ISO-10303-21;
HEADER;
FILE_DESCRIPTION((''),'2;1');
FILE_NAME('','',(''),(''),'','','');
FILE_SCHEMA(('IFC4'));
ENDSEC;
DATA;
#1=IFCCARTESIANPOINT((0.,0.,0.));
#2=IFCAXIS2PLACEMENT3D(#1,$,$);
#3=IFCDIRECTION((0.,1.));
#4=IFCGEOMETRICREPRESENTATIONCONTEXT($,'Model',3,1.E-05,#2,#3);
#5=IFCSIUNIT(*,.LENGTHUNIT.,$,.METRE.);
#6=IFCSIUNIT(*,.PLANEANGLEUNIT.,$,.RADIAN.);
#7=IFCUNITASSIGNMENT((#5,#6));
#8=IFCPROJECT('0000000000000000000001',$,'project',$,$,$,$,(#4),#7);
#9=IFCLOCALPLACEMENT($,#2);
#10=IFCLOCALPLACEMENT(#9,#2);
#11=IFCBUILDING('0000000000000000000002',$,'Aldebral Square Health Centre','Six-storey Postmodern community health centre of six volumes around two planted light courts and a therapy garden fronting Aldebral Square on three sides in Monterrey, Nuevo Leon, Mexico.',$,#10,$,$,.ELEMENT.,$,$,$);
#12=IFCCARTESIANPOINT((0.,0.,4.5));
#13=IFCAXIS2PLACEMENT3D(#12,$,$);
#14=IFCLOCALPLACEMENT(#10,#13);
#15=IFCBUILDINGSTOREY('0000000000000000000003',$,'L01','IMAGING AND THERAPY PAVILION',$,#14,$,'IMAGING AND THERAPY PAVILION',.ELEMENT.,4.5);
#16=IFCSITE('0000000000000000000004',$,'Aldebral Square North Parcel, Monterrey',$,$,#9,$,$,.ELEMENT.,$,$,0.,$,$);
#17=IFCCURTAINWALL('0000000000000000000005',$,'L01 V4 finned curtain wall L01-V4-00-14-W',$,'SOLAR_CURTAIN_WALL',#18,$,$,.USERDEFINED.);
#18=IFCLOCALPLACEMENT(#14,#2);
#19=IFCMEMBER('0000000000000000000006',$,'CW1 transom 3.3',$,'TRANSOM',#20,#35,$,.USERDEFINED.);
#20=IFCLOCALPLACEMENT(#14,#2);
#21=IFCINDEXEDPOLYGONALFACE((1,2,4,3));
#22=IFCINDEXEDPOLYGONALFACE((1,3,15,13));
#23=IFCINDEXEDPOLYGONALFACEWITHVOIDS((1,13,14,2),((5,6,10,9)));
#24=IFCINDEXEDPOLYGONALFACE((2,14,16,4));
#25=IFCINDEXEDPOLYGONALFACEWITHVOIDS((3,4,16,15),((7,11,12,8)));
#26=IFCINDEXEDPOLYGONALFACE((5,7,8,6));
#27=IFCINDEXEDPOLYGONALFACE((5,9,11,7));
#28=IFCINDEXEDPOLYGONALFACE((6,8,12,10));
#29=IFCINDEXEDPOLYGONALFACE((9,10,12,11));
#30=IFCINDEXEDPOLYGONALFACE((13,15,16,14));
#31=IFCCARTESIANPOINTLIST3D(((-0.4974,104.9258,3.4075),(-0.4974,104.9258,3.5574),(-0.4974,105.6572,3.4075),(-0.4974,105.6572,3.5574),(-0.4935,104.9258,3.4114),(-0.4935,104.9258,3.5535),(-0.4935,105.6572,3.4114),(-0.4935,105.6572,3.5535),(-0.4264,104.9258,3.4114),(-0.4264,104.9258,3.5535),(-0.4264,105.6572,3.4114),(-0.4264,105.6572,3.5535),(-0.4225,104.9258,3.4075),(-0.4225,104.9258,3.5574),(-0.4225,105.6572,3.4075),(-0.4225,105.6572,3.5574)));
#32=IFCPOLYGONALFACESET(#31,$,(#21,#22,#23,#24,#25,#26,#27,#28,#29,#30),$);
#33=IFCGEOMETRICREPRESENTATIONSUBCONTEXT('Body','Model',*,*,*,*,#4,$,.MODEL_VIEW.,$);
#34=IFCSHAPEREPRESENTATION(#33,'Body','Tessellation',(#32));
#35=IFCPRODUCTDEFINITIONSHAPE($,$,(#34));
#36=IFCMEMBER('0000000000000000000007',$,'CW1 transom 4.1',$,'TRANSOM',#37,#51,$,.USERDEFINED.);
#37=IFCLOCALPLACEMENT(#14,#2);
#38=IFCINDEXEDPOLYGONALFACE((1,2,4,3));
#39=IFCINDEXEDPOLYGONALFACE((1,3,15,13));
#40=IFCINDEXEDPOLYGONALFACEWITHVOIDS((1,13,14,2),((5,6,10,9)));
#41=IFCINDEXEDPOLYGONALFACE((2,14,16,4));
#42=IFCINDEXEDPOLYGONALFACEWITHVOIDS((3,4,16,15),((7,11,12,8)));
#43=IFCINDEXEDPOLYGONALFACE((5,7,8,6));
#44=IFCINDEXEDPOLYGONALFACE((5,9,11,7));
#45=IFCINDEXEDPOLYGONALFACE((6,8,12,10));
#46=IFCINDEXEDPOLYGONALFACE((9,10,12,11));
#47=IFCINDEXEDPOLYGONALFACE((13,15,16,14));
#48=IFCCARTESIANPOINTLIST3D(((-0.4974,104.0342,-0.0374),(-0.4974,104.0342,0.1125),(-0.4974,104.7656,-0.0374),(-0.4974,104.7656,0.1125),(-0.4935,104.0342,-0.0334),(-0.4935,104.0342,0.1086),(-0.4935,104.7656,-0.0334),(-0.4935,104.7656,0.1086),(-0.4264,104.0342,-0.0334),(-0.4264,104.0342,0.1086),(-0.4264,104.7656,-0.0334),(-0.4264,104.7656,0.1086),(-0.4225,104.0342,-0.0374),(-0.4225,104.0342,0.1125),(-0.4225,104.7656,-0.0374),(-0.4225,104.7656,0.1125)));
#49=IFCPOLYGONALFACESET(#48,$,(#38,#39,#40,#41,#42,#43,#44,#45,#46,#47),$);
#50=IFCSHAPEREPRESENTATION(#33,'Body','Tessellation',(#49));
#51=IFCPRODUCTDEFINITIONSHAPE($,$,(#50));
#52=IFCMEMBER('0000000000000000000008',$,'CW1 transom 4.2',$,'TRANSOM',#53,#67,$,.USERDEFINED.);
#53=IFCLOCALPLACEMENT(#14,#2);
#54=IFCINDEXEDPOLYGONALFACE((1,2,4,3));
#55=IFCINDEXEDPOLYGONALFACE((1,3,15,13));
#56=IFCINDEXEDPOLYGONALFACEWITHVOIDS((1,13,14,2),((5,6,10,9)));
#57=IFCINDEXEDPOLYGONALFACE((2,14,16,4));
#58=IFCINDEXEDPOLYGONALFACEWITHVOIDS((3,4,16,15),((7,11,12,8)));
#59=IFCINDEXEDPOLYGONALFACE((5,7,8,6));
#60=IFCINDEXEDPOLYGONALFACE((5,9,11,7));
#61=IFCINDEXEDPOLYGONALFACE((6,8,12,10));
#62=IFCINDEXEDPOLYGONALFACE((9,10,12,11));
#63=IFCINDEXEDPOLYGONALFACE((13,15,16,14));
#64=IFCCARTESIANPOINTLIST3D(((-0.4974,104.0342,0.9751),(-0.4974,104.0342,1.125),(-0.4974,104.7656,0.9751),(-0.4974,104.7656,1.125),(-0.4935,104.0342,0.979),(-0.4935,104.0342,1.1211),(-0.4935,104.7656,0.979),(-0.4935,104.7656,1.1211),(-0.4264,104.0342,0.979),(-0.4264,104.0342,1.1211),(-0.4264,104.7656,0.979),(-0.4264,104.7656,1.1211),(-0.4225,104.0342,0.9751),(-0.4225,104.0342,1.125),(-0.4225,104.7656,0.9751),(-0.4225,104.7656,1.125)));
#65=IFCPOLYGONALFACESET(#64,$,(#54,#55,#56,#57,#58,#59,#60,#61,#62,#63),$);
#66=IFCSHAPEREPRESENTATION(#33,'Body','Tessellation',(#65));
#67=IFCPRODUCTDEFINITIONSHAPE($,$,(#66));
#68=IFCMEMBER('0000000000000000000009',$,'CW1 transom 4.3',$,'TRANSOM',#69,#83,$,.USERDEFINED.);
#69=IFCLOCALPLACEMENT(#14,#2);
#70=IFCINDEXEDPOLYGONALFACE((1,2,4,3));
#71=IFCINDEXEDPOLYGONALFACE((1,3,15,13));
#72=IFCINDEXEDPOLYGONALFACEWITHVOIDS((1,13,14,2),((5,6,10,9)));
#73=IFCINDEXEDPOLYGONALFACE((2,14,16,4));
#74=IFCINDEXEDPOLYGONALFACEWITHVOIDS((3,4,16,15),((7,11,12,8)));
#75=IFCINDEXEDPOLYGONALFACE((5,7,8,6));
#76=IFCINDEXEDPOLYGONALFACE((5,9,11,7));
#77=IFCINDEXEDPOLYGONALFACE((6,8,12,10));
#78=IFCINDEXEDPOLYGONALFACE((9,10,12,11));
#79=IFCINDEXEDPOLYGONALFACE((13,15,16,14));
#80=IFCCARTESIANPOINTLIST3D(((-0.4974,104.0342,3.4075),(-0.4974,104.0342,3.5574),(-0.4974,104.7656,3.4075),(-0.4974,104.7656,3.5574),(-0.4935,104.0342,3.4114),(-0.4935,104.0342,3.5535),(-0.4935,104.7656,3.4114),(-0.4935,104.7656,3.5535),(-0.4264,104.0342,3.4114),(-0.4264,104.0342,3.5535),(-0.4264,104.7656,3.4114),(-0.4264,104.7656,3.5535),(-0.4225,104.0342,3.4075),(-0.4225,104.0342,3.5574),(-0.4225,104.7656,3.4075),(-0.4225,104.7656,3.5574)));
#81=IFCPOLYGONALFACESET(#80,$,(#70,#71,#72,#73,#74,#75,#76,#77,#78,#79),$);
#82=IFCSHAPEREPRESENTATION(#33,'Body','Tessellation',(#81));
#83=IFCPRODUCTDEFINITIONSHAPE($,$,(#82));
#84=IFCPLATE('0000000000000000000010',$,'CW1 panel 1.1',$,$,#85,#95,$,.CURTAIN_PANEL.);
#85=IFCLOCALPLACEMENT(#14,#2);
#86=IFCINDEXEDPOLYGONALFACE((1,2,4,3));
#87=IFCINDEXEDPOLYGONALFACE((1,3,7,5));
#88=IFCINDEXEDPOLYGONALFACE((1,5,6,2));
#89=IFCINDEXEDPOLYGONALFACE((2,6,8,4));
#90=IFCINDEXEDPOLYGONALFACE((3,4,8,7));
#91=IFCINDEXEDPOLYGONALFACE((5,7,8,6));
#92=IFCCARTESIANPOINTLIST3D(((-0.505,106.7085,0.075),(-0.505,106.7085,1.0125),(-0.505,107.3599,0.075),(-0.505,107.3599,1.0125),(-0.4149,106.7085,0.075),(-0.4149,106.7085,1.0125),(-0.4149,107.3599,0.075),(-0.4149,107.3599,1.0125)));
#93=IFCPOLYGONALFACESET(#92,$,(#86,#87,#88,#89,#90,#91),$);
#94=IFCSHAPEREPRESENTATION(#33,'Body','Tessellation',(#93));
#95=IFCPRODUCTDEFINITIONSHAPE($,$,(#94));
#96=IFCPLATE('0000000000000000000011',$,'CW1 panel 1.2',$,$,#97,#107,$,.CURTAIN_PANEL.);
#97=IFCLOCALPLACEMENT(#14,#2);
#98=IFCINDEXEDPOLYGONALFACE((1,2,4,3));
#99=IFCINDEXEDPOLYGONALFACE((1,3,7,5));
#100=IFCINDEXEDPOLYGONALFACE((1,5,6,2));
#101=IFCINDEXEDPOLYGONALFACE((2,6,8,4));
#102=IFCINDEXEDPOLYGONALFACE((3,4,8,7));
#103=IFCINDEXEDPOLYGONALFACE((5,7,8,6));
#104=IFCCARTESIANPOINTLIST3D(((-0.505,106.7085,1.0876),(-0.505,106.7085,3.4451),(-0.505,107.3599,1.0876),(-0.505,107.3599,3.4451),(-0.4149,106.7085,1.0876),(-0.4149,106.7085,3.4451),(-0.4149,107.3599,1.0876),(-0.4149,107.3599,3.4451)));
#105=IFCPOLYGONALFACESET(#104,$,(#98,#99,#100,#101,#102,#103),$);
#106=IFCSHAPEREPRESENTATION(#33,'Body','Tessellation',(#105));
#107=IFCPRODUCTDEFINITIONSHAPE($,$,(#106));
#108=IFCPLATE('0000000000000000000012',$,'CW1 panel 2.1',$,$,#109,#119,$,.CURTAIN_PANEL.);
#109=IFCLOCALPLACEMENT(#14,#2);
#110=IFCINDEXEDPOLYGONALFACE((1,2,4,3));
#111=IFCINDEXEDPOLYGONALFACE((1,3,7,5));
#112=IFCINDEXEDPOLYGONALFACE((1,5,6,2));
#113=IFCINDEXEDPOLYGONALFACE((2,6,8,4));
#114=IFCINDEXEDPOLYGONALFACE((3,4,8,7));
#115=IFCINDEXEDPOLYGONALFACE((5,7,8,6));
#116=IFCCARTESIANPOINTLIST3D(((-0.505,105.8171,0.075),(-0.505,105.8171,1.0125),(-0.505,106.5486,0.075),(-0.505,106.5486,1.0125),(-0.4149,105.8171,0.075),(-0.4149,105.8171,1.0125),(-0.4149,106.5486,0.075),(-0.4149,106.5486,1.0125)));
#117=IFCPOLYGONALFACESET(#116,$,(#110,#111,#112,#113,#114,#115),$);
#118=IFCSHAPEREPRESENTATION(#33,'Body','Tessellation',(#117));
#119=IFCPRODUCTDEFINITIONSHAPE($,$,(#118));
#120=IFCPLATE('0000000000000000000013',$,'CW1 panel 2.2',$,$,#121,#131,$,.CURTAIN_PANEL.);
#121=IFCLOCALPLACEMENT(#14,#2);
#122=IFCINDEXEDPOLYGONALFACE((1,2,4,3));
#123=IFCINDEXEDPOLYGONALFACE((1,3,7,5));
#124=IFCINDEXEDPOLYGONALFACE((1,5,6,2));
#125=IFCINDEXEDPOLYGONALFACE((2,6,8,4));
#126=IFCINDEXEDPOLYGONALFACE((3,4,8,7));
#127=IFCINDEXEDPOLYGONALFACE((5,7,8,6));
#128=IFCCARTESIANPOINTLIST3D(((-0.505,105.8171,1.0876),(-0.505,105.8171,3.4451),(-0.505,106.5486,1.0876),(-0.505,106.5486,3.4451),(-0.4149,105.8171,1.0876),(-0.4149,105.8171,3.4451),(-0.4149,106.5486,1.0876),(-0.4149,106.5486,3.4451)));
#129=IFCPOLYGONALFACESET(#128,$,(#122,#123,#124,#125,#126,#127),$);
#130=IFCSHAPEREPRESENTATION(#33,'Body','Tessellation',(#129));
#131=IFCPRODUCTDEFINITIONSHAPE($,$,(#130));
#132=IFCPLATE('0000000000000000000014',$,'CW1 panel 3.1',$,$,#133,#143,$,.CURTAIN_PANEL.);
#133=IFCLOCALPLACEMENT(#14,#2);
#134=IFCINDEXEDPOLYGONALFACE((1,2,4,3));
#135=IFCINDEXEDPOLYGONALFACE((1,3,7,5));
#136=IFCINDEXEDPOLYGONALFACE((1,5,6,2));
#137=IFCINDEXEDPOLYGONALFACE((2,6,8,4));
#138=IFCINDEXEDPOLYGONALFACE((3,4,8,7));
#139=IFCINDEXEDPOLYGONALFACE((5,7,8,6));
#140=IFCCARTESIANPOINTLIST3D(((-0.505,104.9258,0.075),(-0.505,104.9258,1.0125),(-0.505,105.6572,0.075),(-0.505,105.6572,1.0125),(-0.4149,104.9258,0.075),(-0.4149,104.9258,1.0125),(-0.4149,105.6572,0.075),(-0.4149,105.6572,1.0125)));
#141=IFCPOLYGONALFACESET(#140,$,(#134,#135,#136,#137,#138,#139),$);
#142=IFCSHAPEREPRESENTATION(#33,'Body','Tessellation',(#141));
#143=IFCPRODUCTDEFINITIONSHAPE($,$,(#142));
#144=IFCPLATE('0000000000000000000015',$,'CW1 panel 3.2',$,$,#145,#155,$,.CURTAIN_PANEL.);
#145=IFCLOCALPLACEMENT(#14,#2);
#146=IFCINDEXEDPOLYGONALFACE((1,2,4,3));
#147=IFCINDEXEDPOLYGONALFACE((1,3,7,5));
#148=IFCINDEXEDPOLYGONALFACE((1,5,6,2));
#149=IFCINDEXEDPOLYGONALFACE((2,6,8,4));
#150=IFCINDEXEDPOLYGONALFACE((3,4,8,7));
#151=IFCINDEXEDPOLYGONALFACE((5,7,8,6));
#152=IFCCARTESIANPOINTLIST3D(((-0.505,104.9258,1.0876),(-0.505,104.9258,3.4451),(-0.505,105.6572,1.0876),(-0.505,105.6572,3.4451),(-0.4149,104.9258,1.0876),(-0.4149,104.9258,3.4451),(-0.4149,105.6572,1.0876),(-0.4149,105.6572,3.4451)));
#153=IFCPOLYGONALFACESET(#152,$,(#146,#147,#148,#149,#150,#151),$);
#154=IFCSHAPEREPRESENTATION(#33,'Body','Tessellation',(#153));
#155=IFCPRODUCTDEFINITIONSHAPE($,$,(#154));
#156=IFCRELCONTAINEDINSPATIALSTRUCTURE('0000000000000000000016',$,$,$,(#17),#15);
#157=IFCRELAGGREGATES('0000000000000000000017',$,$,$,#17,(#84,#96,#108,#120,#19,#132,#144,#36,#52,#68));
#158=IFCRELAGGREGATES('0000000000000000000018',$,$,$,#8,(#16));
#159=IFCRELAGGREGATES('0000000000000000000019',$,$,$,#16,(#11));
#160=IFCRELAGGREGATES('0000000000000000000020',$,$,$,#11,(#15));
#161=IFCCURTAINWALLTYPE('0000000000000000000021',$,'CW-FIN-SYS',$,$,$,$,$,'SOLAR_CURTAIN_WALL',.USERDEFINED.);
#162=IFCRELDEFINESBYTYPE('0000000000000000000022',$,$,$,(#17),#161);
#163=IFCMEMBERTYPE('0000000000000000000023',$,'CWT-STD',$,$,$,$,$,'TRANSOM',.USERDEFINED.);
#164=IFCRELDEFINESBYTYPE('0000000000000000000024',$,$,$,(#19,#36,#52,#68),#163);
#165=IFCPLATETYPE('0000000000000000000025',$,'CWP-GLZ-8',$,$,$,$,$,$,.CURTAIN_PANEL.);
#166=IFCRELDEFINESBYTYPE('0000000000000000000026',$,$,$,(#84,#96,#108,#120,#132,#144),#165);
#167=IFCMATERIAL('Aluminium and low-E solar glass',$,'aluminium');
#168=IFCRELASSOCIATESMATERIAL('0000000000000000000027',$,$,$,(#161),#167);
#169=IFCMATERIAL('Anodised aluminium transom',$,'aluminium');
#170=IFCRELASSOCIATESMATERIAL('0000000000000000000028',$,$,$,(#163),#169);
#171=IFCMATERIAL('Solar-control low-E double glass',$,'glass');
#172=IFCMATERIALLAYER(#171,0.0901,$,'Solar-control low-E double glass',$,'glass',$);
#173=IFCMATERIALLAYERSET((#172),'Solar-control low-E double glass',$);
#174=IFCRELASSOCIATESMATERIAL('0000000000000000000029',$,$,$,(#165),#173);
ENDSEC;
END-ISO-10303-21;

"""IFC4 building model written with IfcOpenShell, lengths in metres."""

from ifc_helpers import new_model, si_unit, direction, frame, origin, origin_2d, place, context, subcontext, project, spatial, rectangle, hollow_rectangle, extrude, material, layer, layer_set, material_profile, profile_set, type_object, element, aggregate, save


model = new_model("IFC4")

# Units and contexts
model_context = context("Model", 3, precision=1e-05, world=origin(), true_north=direction((0.0, 1.0)))
body_context = subcontext(model_context, "Body", "Model", "MODEL_VIEW")
ifc_project = project(units=[si_unit("LENGTHUNIT", "METRE"), si_unit("PLANEANGLEUNIT", "RADIAN")], contexts=[model_context])

# Site, building, storey
site_placement = place(None, origin())
site = spatial("IfcSite", under=ifc_project, at=site_placement, Name="Aldebral Square North Parcel, Monterrey", CompositionType="ELEMENT", RefElevation=0.0)
building_placement = place(site_placement, origin())
building = spatial("IfcBuilding", under=site, at=building_placement, Name="Aldebral Square Health Centre", Description="Six-storey Postmodern community health centre of six volumes around two planted light courts and a therapy garden fronting Aldebral Square on three sides in Monterrey, Nuevo Leon, Mexico.", CompositionType="ELEMENT")
storey_placement = place(building_placement, frame((0.0, 0.0, 4.5)))
storey = spatial("IfcBuildingStorey", under=building, at=storey_placement, Name="L01", Description="IMAGING AND THERAPY PAVILION", LongName="IMAGING AND THERAPY PAVILION", CompositionType="ELEMENT", Elevation=4.5)

# Curtain wall, members, plates
ifc_material_1 = material(Name="Aluminium and low-E solar glass", Category="aluminium")
curtain_wall_type = type_object("IfcCurtainWallType", Name="CW-FIN-SYS", ElementType="SOLAR_CURTAIN_WALL", PredefinedType="USERDEFINED", material=ifc_material_1)
curtain_wall_placement = place(storey_placement, origin())
curtain_wall = element("IfcCurtainWall", 1, at=curtain_wall_placement, inside=storey, type_object=curtain_wall_type, Name="L01 V4 finned curtain wall L01-V4-00-14-W", ObjectType="SOLAR_CURTAIN_WALL", PredefinedType="USERDEFINED")
ifc_material_2 = material(Name="Anodised aluminium transom", Category="aluminium")
ifc_material_profile_1 = material_profile(ifc_material_2, hollow_rectangle(XDim=0.075, YDim=0.1499, WallThickness=0.0039, at=origin_2d()), Name="CWT 75x150x4")
ifc_profile_set_1 = profile_set([ifc_material_profile_1], Name="Anodised aluminium transom")
member_type_1 = type_object("IfcMemberType", Name="CWT-STD", ElementType="TRANSOM", PredefinedType="USERDEFINED", material=ifc_profile_set_1)
member_1_placement = place(storey_placement, frame((-0.46, 105.6572, 3.4824), z_axis=(0.0, -1.0, 0.0), x_axis=(1.0, 0.0, 0.0)))
member_1 = element("IfcMember", 2, at=member_1_placement, type_object=member_type_1, Name="CW1 transom 3.3", ObjectType="TRANSOM", PredefinedType="USERDEFINED", context=body_context, shape_type="SweptSolid", body=[
    extrude(hollow_rectangle(XDim=0.075, YDim=0.1499, WallThickness=0.0039, at=origin_2d()), origin(), (0.0, 0.0, 1.0), 0.7314),
])
member_2_placement = place(storey_placement, frame((-0.46, 104.7656, 0.0376), z_axis=(0.0, -1.0, 0.0), x_axis=(1.0, 0.0, 0.0)))
member_2 = element("IfcMember", 3, at=member_2_placement, type_object=member_type_1, Name="CW1 transom 4.1", ObjectType="TRANSOM", PredefinedType="USERDEFINED", context=body_context, shape_type="SweptSolid", body=[
    extrude(hollow_rectangle(XDim=0.075, YDim=0.1499, WallThickness=0.0039, at=origin_2d()), origin(), (0.0, 0.0, 1.0), 0.7314),
])
member_3_placement = place(storey_placement, frame((-0.46, 104.7656, 1.05), z_axis=(0.0, -1.0, 0.0), x_axis=(1.0, 0.0, 0.0)))
member_3 = element("IfcMember", 4, at=member_3_placement, type_object=member_type_1, Name="CW1 transom 4.2", ObjectType="TRANSOM", PredefinedType="USERDEFINED", context=body_context, shape_type="SweptSolid", body=[
    extrude(hollow_rectangle(XDim=0.075, YDim=0.1499, WallThickness=0.0039, at=origin_2d()), origin(), (0.0, 0.0, 1.0), 0.7314),
])
member_4_placement = place(storey_placement, frame((-0.46, 104.7656, 3.4824), z_axis=(0.0, -1.0, 0.0), x_axis=(1.0, 0.0, 0.0)))
member_4 = element("IfcMember", 5, at=member_4_placement, type_object=member_type_1, Name="CW1 transom 4.3", ObjectType="TRANSOM", PredefinedType="USERDEFINED", context=body_context, shape_type="SweptSolid", body=[
    extrude(hollow_rectangle(XDim=0.075, YDim=0.1499, WallThickness=0.0039, at=origin_2d()), origin(), (0.0, 0.0, 1.0), 0.7314),
])
ifc_material_3 = material(Name="Solar-control low-E double glass", Category="glass")
ifc_layer = layer(ifc_material_3, 0.0901, Name="Solar-control low-E double glass", Category="glass")
ifc_layer_set = layer_set([ifc_layer], Name="Solar-control low-E double glass")
plate_type = type_object("IfcPlateType", Name="CWP-GLZ-8", PredefinedType="CURTAIN_PANEL", material=ifc_layer_set)
plate_1_placement = place(storey_placement, frame((-0.46, 107.0342, 0.075), z_axis=(0.0, 0.0, 1.0), x_axis=(0.0, -1.0, 0.0)))
plate_1 = element("IfcPlate", 6, at=plate_1_placement, type_object=plate_type, Name="CW1 panel 1.1", PredefinedType="CURTAIN_PANEL", context=body_context, shape_type="SweptSolid", body=[
    extrude(rectangle(XDim=0.6514, YDim=0.0901, at=origin_2d()), origin(), (0.0, 0.0, 1.0), 0.9375),
])
plate_2_placement = place(storey_placement, frame((-0.46, 107.0342, 1.0876), z_axis=(0.0, 0.0, 1.0), x_axis=(0.0, -1.0, 0.0)))
plate_2 = element("IfcPlate", 7, at=plate_2_placement, type_object=plate_type, Name="CW1 panel 1.2", PredefinedType="CURTAIN_PANEL", context=body_context, shape_type="SweptSolid", body=[
    extrude(rectangle(XDim=0.6514, YDim=0.0901, at=origin_2d()), origin(), (0.0, 0.0, 1.0), 2.3574),
])
plate_3_placement = place(storey_placement, frame((-0.46, 106.1829, 0.075), z_axis=(0.0, 0.0, 1.0), x_axis=(0.0, -1.0, 0.0)))
plate_3 = element("IfcPlate", 8, at=plate_3_placement, type_object=plate_type, Name="CW1 panel 2.1", PredefinedType="CURTAIN_PANEL", context=body_context, shape_type="SweptSolid", body=[
    extrude(rectangle(XDim=0.7314, YDim=0.0901, at=origin_2d()), origin(), (0.0, 0.0, 1.0), 0.9375),
])
plate_4_placement = place(storey_placement, frame((-0.46, 106.1829, 1.0876), z_axis=(0.0, 0.0, 1.0), x_axis=(0.0, -1.0, 0.0)))
plate_4 = element("IfcPlate", 9, at=plate_4_placement, type_object=plate_type, Name="CW1 panel 2.2", PredefinedType="CURTAIN_PANEL", context=body_context, shape_type="SweptSolid", body=[
    extrude(rectangle(XDim=0.7314, YDim=0.0901, at=origin_2d()), origin(), (0.0, 0.0, 1.0), 2.3574),
])
plate_5_placement = place(storey_placement, frame((-0.46, 105.2915, 0.075), z_axis=(0.0, 0.0, 1.0), x_axis=(0.0, -1.0, 0.0)))
plate_5 = element("IfcPlate", 10, at=plate_5_placement, type_object=plate_type, Name="CW1 panel 3.1", PredefinedType="CURTAIN_PANEL", context=body_context, shape_type="SweptSolid", body=[
    extrude(rectangle(XDim=0.7314, YDim=0.0901, at=origin_2d()), origin(), (0.0, 0.0, 1.0), 0.9375),
])
plate_6_placement = place(storey_placement, frame((-0.46, 105.2915, 1.0876), z_axis=(0.0, 0.0, 1.0), x_axis=(0.0, -1.0, 0.0)))
plate_6 = element("IfcPlate", 11, at=plate_6_placement, type_object=plate_type, Name="CW1 panel 3.2", PredefinedType="CURTAIN_PANEL", context=body_context, shape_type="SweptSolid", body=[
    extrude(rectangle(XDim=0.7314, YDim=0.0901, at=origin_2d()), origin(), (0.0, 0.0, 1.0), 2.3574),
])
aggregate(curtain_wall, [plate_1, plate_2, plate_3, plate_4, member_1, plate_5, plate_6, member_2, member_3, member_4])

save(model, "model.ifc")
